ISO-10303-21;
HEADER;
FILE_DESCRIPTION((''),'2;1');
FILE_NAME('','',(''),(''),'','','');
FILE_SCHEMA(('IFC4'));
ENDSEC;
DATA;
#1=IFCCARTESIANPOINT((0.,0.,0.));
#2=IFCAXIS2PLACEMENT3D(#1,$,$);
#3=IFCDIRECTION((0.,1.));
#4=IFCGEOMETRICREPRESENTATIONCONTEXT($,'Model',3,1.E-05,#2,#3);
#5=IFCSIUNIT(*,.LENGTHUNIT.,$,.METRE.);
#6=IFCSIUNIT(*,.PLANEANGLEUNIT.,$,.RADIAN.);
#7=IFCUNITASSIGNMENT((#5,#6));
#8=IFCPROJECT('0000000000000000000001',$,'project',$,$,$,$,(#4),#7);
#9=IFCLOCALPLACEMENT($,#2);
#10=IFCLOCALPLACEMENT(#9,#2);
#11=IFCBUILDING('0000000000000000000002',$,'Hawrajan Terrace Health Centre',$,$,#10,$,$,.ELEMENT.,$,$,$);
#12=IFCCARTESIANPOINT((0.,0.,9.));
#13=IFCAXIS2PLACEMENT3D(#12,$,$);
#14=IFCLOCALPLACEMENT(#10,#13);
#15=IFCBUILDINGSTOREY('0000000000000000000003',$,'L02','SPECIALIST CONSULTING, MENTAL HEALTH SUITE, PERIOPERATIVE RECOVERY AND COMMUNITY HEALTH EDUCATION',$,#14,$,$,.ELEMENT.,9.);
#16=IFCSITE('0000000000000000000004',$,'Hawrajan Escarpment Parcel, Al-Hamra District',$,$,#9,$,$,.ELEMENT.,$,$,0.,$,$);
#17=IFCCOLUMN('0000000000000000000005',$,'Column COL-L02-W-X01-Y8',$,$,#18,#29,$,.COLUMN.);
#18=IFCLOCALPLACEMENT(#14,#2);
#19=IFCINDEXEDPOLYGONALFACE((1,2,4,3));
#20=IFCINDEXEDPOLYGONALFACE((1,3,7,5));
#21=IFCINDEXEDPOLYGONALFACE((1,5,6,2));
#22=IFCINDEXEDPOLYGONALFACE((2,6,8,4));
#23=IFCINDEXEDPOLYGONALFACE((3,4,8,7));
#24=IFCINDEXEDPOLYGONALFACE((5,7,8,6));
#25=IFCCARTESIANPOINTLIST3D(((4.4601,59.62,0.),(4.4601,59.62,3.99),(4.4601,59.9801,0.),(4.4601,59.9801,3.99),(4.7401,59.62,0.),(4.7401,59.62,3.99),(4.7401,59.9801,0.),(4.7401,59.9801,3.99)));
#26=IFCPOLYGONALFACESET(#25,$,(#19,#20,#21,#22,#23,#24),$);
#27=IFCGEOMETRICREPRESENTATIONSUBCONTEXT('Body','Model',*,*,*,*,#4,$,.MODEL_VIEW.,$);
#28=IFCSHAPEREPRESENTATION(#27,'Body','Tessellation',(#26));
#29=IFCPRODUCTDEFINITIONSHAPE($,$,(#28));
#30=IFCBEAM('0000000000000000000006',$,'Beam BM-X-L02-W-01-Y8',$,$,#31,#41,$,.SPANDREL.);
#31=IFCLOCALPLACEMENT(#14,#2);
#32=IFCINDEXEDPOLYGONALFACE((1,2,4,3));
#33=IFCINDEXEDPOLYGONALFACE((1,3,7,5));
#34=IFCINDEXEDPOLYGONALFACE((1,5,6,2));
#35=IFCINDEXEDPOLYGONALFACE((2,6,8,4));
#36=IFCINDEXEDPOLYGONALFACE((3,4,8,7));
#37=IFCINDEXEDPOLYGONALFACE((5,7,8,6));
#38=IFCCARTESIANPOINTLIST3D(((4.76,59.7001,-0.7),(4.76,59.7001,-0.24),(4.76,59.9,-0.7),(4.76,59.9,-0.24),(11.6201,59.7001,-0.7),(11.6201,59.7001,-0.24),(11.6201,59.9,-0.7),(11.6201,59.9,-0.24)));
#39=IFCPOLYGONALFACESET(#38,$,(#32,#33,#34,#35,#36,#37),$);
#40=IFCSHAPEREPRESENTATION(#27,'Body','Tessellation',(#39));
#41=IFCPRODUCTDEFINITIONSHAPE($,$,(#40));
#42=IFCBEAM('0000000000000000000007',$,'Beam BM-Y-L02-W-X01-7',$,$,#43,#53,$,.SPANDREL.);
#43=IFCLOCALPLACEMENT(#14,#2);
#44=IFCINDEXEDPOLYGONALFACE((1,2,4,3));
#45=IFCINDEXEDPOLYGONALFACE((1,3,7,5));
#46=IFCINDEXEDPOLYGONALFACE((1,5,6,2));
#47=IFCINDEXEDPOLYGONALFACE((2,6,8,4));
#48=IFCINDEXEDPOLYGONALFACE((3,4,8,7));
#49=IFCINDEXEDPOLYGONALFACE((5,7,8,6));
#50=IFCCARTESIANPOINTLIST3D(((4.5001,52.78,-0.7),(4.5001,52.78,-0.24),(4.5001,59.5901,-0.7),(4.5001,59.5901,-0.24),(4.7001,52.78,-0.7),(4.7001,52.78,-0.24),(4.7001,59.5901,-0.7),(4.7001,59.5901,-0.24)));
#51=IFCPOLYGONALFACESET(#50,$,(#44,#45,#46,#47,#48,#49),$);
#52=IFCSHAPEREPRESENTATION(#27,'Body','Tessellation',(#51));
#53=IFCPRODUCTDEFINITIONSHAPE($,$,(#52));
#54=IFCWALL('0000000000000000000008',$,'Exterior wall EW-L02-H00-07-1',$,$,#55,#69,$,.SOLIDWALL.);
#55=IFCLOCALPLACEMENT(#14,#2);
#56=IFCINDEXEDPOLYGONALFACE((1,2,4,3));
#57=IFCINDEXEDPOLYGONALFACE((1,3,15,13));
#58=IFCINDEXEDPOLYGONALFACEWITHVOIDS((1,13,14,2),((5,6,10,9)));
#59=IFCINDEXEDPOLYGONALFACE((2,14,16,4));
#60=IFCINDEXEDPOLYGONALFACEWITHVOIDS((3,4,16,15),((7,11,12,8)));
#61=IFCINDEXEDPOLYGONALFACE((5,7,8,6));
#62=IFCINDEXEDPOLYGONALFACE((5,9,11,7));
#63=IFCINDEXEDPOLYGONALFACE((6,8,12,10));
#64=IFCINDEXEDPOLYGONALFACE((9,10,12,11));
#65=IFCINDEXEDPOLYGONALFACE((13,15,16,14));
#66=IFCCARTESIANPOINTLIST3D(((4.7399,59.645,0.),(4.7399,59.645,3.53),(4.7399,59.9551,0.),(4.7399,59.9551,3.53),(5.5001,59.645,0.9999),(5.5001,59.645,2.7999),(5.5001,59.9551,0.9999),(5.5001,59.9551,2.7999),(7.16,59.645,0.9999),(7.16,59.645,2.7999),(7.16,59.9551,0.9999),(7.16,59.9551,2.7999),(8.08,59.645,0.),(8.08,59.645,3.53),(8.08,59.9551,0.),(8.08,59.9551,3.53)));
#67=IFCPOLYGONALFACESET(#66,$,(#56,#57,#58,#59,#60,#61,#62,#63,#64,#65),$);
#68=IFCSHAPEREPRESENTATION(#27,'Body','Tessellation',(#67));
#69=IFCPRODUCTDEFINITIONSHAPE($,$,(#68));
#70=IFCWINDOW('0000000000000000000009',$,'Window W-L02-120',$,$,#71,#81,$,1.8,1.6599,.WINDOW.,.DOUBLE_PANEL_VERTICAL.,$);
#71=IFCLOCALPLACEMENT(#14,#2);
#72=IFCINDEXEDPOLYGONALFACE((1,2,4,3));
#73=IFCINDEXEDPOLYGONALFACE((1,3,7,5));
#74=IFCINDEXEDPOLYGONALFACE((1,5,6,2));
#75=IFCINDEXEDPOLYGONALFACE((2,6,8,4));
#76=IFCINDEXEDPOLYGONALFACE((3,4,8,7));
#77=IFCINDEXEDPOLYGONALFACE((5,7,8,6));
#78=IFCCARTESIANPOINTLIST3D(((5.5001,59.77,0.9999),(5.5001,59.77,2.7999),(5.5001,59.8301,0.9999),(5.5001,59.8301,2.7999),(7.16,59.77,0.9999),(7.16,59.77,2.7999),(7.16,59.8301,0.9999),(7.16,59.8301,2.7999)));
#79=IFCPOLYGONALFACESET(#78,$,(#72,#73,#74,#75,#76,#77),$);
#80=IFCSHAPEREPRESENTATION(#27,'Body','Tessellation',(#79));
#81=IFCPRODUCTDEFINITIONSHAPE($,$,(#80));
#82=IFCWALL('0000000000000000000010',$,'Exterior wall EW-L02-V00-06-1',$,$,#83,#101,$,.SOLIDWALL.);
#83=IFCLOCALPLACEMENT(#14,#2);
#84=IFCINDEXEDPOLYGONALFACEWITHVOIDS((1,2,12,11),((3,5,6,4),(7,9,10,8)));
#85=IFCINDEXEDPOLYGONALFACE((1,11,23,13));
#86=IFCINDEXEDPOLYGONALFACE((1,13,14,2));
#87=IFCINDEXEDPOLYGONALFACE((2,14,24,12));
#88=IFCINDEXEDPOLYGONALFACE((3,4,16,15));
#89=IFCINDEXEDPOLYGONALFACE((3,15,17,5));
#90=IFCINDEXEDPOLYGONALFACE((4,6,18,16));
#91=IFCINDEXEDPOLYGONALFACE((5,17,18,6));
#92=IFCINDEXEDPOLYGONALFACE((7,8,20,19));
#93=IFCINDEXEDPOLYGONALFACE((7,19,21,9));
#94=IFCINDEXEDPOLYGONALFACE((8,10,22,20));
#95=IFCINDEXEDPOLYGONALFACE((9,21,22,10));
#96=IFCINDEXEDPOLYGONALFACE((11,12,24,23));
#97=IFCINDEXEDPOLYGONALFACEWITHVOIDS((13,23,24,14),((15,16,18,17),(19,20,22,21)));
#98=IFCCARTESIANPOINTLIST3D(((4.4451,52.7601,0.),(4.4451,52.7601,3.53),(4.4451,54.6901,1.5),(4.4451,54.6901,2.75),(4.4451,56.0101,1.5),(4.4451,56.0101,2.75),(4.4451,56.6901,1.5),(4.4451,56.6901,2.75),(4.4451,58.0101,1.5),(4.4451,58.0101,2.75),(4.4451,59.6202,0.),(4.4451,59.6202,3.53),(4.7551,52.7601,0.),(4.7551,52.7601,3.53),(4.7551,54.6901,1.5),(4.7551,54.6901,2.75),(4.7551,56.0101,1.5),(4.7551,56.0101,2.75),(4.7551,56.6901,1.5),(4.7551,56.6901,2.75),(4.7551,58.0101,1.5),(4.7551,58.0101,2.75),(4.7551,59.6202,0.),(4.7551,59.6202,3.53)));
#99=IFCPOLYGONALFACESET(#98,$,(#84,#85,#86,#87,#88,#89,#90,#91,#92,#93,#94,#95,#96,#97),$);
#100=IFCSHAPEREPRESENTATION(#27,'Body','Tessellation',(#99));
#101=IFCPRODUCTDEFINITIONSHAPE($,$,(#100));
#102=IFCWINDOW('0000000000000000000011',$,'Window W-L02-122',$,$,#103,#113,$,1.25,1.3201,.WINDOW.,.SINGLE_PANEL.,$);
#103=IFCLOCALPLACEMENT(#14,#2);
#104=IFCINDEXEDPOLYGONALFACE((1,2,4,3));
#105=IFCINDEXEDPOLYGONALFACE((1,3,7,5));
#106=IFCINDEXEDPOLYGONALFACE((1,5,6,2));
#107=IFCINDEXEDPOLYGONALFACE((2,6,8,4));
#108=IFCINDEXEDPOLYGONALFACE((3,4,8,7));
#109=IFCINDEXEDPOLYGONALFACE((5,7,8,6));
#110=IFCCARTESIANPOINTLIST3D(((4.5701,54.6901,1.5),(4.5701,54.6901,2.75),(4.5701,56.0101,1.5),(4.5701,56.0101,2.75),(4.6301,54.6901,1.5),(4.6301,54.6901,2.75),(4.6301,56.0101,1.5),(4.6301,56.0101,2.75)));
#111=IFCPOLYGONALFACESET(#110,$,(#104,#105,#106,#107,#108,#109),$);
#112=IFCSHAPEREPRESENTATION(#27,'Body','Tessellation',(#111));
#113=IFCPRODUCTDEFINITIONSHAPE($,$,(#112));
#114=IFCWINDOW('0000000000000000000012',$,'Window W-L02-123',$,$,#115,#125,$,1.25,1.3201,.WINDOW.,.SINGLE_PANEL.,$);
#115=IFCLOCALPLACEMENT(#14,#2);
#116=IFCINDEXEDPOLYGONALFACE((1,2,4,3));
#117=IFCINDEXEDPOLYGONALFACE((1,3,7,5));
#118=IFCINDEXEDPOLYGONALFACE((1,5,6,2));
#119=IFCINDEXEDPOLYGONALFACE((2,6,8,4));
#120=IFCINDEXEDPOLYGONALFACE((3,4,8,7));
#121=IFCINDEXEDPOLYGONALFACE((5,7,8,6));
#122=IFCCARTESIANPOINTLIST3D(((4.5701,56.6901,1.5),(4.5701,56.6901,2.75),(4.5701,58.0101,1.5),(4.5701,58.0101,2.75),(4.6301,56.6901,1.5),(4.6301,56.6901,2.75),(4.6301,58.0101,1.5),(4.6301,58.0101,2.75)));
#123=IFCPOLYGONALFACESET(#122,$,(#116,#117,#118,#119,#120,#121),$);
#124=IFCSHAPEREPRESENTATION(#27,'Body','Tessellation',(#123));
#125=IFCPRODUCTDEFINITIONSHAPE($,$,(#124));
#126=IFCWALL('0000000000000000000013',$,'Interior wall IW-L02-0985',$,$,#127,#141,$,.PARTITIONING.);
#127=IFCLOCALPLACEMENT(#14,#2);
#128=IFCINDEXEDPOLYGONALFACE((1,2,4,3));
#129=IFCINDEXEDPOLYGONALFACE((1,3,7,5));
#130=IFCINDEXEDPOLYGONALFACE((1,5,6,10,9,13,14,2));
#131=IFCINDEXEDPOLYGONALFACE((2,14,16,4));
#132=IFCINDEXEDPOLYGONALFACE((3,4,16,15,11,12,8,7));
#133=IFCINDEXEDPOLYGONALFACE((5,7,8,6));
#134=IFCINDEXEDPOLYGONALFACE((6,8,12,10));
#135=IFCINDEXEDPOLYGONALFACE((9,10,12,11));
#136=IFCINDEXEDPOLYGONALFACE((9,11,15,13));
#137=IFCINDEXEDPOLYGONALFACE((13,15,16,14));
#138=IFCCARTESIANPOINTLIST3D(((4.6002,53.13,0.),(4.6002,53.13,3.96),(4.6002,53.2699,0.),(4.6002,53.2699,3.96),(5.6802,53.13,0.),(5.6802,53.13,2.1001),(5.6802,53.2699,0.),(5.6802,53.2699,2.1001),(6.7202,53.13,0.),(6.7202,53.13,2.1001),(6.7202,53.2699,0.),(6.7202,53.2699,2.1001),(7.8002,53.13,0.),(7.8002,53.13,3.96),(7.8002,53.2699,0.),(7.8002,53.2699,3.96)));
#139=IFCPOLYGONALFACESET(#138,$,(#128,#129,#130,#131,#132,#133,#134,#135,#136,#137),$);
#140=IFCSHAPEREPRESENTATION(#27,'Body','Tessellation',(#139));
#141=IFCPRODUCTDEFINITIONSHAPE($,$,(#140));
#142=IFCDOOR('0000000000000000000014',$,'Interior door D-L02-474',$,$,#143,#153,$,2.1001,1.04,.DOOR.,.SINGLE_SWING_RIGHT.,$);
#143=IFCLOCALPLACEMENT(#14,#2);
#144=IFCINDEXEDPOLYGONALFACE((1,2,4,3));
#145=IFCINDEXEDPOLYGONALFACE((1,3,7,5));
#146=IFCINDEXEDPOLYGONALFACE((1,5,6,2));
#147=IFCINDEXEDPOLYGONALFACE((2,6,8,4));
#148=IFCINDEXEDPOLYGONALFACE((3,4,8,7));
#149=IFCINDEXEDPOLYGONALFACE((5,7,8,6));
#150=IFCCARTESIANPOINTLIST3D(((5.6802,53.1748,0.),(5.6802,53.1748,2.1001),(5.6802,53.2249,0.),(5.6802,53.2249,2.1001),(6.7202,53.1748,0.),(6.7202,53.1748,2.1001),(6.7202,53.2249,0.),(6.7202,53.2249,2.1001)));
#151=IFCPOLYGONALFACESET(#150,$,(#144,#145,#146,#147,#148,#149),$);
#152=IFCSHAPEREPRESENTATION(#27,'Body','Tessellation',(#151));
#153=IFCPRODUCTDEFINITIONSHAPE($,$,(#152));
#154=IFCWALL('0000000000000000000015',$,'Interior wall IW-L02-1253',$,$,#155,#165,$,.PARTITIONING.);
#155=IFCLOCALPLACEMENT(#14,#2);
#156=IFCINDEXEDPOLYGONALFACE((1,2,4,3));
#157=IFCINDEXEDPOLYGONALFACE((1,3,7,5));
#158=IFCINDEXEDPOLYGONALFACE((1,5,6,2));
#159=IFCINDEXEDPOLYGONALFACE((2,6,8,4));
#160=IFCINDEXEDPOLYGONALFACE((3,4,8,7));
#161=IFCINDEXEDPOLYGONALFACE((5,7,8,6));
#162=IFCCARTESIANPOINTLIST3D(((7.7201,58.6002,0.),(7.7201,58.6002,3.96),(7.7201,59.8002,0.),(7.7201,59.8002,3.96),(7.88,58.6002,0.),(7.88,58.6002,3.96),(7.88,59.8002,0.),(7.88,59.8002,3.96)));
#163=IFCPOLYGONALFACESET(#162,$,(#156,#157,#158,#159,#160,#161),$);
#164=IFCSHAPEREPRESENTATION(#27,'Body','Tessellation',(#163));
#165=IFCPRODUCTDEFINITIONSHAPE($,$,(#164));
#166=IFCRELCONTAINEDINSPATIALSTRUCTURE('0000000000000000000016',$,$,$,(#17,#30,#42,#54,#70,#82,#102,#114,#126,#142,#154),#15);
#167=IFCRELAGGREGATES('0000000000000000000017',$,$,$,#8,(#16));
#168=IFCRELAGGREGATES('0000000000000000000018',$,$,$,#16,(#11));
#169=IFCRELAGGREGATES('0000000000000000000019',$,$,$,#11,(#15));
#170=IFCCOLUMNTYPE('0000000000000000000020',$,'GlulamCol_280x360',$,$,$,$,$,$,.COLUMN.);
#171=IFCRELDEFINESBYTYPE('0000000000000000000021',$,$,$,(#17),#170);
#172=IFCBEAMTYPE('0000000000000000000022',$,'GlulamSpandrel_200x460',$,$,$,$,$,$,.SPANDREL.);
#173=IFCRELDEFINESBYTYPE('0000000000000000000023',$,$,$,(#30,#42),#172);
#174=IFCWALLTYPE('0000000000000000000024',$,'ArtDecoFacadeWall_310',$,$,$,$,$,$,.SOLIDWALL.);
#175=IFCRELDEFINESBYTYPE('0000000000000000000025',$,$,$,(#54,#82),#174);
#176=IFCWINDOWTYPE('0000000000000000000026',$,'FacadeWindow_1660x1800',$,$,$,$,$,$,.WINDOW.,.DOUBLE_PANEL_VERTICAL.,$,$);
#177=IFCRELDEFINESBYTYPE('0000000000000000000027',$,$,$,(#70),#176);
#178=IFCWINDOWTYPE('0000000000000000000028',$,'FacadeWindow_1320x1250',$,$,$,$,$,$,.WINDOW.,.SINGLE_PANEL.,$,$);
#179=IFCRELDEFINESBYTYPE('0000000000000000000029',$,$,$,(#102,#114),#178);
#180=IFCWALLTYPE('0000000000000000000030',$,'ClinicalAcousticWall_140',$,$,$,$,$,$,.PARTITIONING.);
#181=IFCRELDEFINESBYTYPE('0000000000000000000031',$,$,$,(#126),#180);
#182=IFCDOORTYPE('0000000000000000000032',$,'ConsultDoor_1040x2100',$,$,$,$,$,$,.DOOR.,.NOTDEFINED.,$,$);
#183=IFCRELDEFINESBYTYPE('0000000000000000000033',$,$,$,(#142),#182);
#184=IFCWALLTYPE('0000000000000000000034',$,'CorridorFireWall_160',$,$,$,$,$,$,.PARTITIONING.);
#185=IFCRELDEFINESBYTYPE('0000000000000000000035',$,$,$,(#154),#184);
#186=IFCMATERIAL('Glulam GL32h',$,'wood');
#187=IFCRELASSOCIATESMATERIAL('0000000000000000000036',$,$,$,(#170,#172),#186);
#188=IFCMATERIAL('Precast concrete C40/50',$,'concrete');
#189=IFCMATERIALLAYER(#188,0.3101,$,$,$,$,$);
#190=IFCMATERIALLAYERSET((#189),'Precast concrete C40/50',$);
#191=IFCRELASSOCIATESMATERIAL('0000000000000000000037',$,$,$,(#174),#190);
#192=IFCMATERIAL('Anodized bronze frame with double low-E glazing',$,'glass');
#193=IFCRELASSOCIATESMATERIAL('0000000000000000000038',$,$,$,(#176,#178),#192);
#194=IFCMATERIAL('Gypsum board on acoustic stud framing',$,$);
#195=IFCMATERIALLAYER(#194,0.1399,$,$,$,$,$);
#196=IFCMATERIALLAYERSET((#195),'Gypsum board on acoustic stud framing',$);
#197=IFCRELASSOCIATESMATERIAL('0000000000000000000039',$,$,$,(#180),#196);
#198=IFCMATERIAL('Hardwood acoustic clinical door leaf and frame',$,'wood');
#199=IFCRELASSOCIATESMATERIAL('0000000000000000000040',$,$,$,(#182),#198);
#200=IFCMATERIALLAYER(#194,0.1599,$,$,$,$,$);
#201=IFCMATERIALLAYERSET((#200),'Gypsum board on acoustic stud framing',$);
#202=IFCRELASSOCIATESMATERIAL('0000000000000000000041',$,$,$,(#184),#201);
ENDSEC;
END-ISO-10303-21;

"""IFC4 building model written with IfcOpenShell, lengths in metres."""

from ifc_helpers import new_model, si_unit, direction, frame, frame_2d, origin, origin_2d, place, context, subcontext, project, spatial, rectangle, extrude, material, layer, layer_set, material_profile, profile_set, type_object, element, fill, save


model = new_model("IFC4")

# Units and contexts
model_context = context("Model", 3, precision=1e-05, world=origin(), true_north=direction((0.0, 1.0)))
body_context = subcontext(model_context, "Body", "Model", "MODEL_VIEW")
ifc_project = project(units=[si_unit("LENGTHUNIT", "METRE"), si_unit("PLANEANGLEUNIT", "RADIAN")], contexts=[model_context])

# Site, building, storey
site_placement = place(None, origin())
site = spatial("IfcSite", under=ifc_project, at=site_placement, Name="Hawrajan Escarpment Parcel, Al-Hamra District", CompositionType="ELEMENT", RefElevation=0.0)
building_placement = place(site_placement, origin())
building = spatial("IfcBuilding", under=site, at=building_placement, Name="Hawrajan Terrace Health Centre", CompositionType="ELEMENT")
storey_placement = place(building_placement, frame((0.0, 0.0, 9.0)))
storey = spatial("IfcBuildingStorey", under=building, at=storey_placement, Name="L02", Description="SPECIALIST CONSULTING, MENTAL HEALTH SUITE, PERIOPERATIVE RECOVERY AND COMMUNITY HEALTH EDUCATION", CompositionType="ELEMENT", Elevation=9.0)

# Column
ifc_material_1 = material(Name="Glulam GL32h", Category="wood")
ifc_material_profile_1 = material_profile(ifc_material_1, rectangle(XDim=0.28, YDim=0.3601, at=origin_2d()), Name="GL 280x360")
ifc_profile_set_1 = profile_set([ifc_material_profile_1], Name="Glulam GL32h")
column_type = type_object("IfcColumnType", Name="GlulamCol_280x360", PredefinedType="COLUMN", material=ifc_profile_set_1)
column_placement = place(storey_placement, frame((4.6001, 59.8, 0.0), z_axis=(0.0, 0.0, 1.0), x_axis=(1.0, 0.0, 0.0)))
element("IfcColumn", 1, at=column_placement, inside=storey, type_object=column_type, Name="Column COL-L02-W-X01-Y8", PredefinedType="COLUMN", context=body_context, shape_type="SweptSolid", body=[
    extrude(rectangle(XDim=0.28, YDim=0.3601, at=origin_2d()), origin(), (0.0, 0.0, 1.0), 3.99),
])

# Beams
ifc_material_profile_2 = material_profile(ifc_material_1, rectangle(XDim=0.2, YDim=0.46, at=origin_2d()), Name="GL SP 200x460")
ifc_profile_set_2 = profile_set([ifc_material_profile_2], Name="Glulam GL32h")
beam_type = type_object("IfcBeamType", Name="GlulamSpandrel_200x460", PredefinedType="SPANDREL", material=ifc_profile_set_2)
beam_1_placement = place(storey_placement, frame((4.76, 59.8, -0.47), z_axis=(1.0, 0.0, 0.0), x_axis=(0.0, 1.0, 0.0)))
element("IfcBeam", 2, at=beam_1_placement, inside=storey, type_object=beam_type, Name="Beam BM-X-L02-W-01-Y8", PredefinedType="SPANDREL", context=body_context, shape_type="SweptSolid", body=[
    extrude(rectangle(XDim=0.2, YDim=0.46, at=origin_2d()), origin(), (0.0, 0.0, 1.0), 6.8601),
])
beam_2_placement = place(storey_placement, frame((4.6001, 52.78, -0.47), z_axis=(0.0, 1.0, 0.0), x_axis=(-1.0, 0.0, 0.0)))
element("IfcBeam", 3, at=beam_2_placement, inside=storey, type_object=beam_type, Name="Beam BM-Y-L02-W-X01-7", PredefinedType="SPANDREL", context=body_context, shape_type="SweptSolid", body=[
    extrude(rectangle(XDim=0.2, YDim=0.46, at=origin_2d()), origin(), (0.0, 0.0, 1.0), 6.8101),
])

# Wall, opening, window
ifc_material_2 = material(Name="Precast concrete C40/50", Category="concrete")
ifc_layer_1 = layer(ifc_material_2, 0.3101)
ifc_layer_set_1 = layer_set([ifc_layer_1], Name="Precast concrete C40/50")
wall_type_1 = type_object("IfcWallType", Name="ArtDecoFacadeWall_310", PredefinedType="SOLIDWALL", material=ifc_layer_set_1)
wall_1_placement = place(storey_placement, frame((4.74, 59.8, 0.0), z_axis=(0.0, 0.0, 1.0), x_axis=(1.0, 0.0, 0.0)))
wall_1 = element("IfcWall", 4, at=wall_1_placement, inside=storey, type_object=wall_type_1, Name="Exterior wall EW-L02-H00-07-1", PredefinedType="SOLIDWALL", context=body_context, shape_type="SweptSolid", body=[
    extrude(rectangle(XDim=3.3401, YDim=0.3101, at=frame_2d((1.6699, 0.0))), origin(), (0.0, 0.0, 1.0), 3.53),
])
opening_1_placement = place(wall_1_placement, frame((0.76, 0.0, 1.0)))
opening_1 = element("IfcOpeningElement", 5, at=opening_1_placement, cuts=wall_1, PredefinedType="OPENING", context=body_context, shape_type="SweptSolid", body=[
    extrude(rectangle(XDim=1.6599, YDim=1.8, at=frame_2d((0.8301, 0.8999))), frame((0.0, 0.165, 0.0), z_axis=(0.0, -1.0, 0.0), x_axis=(1.0, 0.0, 0.0)), (0.0, 0.0, 1.0), 0.3301),
])
ifc_material_3 = material(Name="Anodized bronze frame with double low-E glazing", Category="glass")
window_type_1 = type_object("IfcWindowType", Name="FacadeWindow_1660x1800", PartitioningType="DOUBLE_PANEL_VERTICAL", PredefinedType="WINDOW", material=ifc_material_3)
window_1_placement = place(opening_1_placement, origin())
window_1 = element("IfcWindow", 6, at=window_1_placement, inside=storey, type_object=window_type_1, Name="Window W-L02-120", OverallHeight=1.8, OverallWidth=1.6599, PartitioningType="DOUBLE_PANEL_VERTICAL", PredefinedType="WINDOW", context=body_context, shape_type="SweptSolid", body=[
    extrude(rectangle(XDim=1.6599, YDim=1.8, at=frame_2d((0.8301, 0.8999))), frame((0.0, 0.03, 0.0), z_axis=(0.0, -1.0, 0.0), x_axis=(1.0, 0.0, 0.0)), (0.0, 0.0, 1.0), 0.0601),
])
fill(opening_1, window_1)

# Wall, openings, windows
wall_2_placement = place(storey_placement, frame((4.6001, 52.76, 0.0), z_axis=(0.0, 0.0, 1.0), x_axis=(0.0, 1.0, 0.0)))
wall_2 = element("IfcWall", 7, at=wall_2_placement, inside=storey, type_object=wall_type_1, Name="Exterior wall EW-L02-V00-06-1", PredefinedType="SOLIDWALL", context=body_context, shape_type="SweptSolid", body=[
    extrude(rectangle(XDim=6.8601, YDim=0.3101, at=frame_2d((3.4302, 0.0))), origin(), (0.0, 0.0, 1.0), 3.53),
])
opening_2_placement = place(wall_2_placement, frame((1.9299, 0.0, 1.5)))
opening_2 = element("IfcOpeningElement", 8, at=opening_2_placement, cuts=wall_2, PredefinedType="OPENING", context=body_context, shape_type="SweptSolid", body=[
    extrude(rectangle(XDim=1.3201, YDim=1.25, at=frame_2d((0.6602, 0.625))), frame((0.0, 0.165, 0.0), z_axis=(0.0, -1.0, 0.0), x_axis=(1.0, 0.0, 0.0)), (0.0, 0.0, 1.0), 0.3301),
])
opening_3_placement = place(wall_2_placement, frame((3.9299, 0.0, 1.5)))
opening_3 = element("IfcOpeningElement", 9, at=opening_3_placement, cuts=wall_2, PredefinedType="OPENING", context=body_context, shape_type="SweptSolid", body=[
    extrude(rectangle(XDim=1.3201, YDim=1.25, at=frame_2d((0.6602, 0.625))), frame((0.0, 0.165, 0.0), z_axis=(0.0, -1.0, 0.0), x_axis=(1.0, 0.0, 0.0)), (0.0, 0.0, 1.0), 0.3301),
])
window_type_2 = type_object("IfcWindowType", Name="FacadeWindow_1320x1250", PartitioningType="SINGLE_PANEL", PredefinedType="WINDOW", material=ifc_material_3)
window_2_placement = place(opening_2_placement, origin())
window_2 = element("IfcWindow", 10, at=window_2_placement, inside=storey, type_object=window_type_2, Name="Window W-L02-122", OverallHeight=1.25, OverallWidth=1.3201, PartitioningType="SINGLE_PANEL", PredefinedType="WINDOW", context=body_context, shape_type="SweptSolid", body=[
    extrude(rectangle(XDim=1.3201, YDim=1.25, at=frame_2d((0.6602, 0.625))), frame((0.0, 0.03, 0.0), z_axis=(0.0, -1.0, 0.0), x_axis=(1.0, 0.0, 0.0)), (0.0, 0.0, 1.0), 0.0601),
])
fill(opening_2, window_2)
window_3_placement = place(opening_3_placement, origin())
window_3 = element("IfcWindow", 11, at=window_3_placement, inside=storey, type_object=window_type_2, Name="Window W-L02-123", OverallHeight=1.25, OverallWidth=1.3201, PartitioningType="SINGLE_PANEL", PredefinedType="WINDOW", context=body_context, shape_type="SweptSolid", body=[
    extrude(rectangle(XDim=1.3201, YDim=1.25, at=frame_2d((0.6602, 0.625))), frame((0.0, 0.03, 0.0), z_axis=(0.0, -1.0, 0.0), x_axis=(1.0, 0.0, 0.0)), (0.0, 0.0, 1.0), 0.0601),
])
fill(opening_3, window_3)

# Wall, opening, door
ifc_material_4 = material(Name="Gypsum board on acoustic stud framing")
ifc_layer_2 = layer(ifc_material_4, 0.1399)
ifc_layer_set_2 = layer_set([ifc_layer_2], Name="Gypsum board on acoustic stud framing")
wall_type_2 = type_object("IfcWallType", Name="ClinicalAcousticWall_140", PredefinedType="PARTITIONING", material=ifc_layer_set_2)
wall_3_placement = place(storey_placement, frame((4.6001, 53.2, 0.0), z_axis=(0.0, 0.0, 1.0), x_axis=(1.0, 0.0, 0.0)))
wall_3 = element("IfcWall", 12, at=wall_3_placement, inside=storey, type_object=wall_type_2, Name="Interior wall IW-L02-0985", PredefinedType="PARTITIONING", context=body_context, shape_type="SweptSolid", body=[
    extrude(rectangle(XDim=3.2, YDim=0.1399, at=frame_2d((1.6001, 0.0))), origin(), (0.0, 0.0, 1.0), 3.96),
])
opening_4_placement = place(wall_3_placement, frame((1.0801, 0.0, 0.0)))
opening_4 = element("IfcOpeningElement", 13, at=opening_4_placement, cuts=wall_3, PredefinedType="OPENING", context=body_context, shape_type="SweptSolid", body=[
    extrude(rectangle(XDim=1.04, YDim=2.1001, at=frame_2d((0.52, 1.05))), frame((0.0, 0.0798, 0.0), z_axis=(0.0, -1.0, 0.0), x_axis=(1.0, 0.0, 0.0)), (0.0, 0.0, 1.0), 0.1599),
])
ifc_material_5 = material(Name="Hardwood acoustic clinical door leaf and frame", Category="wood")
door_type_1 = type_object("IfcDoorType", Name="ConsultDoor_1040x2100", OperationType="NOTDEFINED", PredefinedType="DOOR", material=ifc_material_5)
door_1_placement = place(opening_4_placement, origin())
door_1 = element("IfcDoor", 14, at=door_1_placement, inside=storey, type_object=door_type_1, Name="Interior door D-L02-474", OperationType="SINGLE_SWING_RIGHT", OverallHeight=2.1001, OverallWidth=1.04, PredefinedType="DOOR", context=body_context, shape_type="SweptSolid", body=[
    extrude(rectangle(XDim=1.04, YDim=2.1001, at=frame_2d((0.52, 1.05))), frame((0.0, 0.0249, 0.0), z_axis=(0.0, -1.0, 0.0), x_axis=(1.0, 0.0, 0.0)), (0.0, 0.0, 1.0), 0.05),
])
fill(opening_4, door_1)

# Wall
ifc_layer_3 = layer(ifc_material_4, 0.1599)
ifc_layer_set_3 = layer_set([ifc_layer_3], Name="Gypsum board on acoustic stud framing")
wall_type_3 = type_object("IfcWallType", Name="CorridorFireWall_160", PredefinedType="PARTITIONING", material=ifc_layer_set_3)
wall_4_placement = place(storey_placement, frame((7.8, 58.6001, 0.0), z_axis=(0.0, 0.0, 1.0), x_axis=(0.0, 1.0, 0.0)))
element("IfcWall", 15, at=wall_4_placement, inside=storey, type_object=wall_type_3, Name="Interior wall IW-L02-1253", PredefinedType="PARTITIONING", context=body_context, shape_type="SweptSolid", body=[
    extrude(rectangle(XDim=1.2, YDim=0.1599, at=frame_2d((0.6001, 0.0))), origin(), (0.0, 0.0, 1.0), 3.96),
])

save(model, "model.ifc")
